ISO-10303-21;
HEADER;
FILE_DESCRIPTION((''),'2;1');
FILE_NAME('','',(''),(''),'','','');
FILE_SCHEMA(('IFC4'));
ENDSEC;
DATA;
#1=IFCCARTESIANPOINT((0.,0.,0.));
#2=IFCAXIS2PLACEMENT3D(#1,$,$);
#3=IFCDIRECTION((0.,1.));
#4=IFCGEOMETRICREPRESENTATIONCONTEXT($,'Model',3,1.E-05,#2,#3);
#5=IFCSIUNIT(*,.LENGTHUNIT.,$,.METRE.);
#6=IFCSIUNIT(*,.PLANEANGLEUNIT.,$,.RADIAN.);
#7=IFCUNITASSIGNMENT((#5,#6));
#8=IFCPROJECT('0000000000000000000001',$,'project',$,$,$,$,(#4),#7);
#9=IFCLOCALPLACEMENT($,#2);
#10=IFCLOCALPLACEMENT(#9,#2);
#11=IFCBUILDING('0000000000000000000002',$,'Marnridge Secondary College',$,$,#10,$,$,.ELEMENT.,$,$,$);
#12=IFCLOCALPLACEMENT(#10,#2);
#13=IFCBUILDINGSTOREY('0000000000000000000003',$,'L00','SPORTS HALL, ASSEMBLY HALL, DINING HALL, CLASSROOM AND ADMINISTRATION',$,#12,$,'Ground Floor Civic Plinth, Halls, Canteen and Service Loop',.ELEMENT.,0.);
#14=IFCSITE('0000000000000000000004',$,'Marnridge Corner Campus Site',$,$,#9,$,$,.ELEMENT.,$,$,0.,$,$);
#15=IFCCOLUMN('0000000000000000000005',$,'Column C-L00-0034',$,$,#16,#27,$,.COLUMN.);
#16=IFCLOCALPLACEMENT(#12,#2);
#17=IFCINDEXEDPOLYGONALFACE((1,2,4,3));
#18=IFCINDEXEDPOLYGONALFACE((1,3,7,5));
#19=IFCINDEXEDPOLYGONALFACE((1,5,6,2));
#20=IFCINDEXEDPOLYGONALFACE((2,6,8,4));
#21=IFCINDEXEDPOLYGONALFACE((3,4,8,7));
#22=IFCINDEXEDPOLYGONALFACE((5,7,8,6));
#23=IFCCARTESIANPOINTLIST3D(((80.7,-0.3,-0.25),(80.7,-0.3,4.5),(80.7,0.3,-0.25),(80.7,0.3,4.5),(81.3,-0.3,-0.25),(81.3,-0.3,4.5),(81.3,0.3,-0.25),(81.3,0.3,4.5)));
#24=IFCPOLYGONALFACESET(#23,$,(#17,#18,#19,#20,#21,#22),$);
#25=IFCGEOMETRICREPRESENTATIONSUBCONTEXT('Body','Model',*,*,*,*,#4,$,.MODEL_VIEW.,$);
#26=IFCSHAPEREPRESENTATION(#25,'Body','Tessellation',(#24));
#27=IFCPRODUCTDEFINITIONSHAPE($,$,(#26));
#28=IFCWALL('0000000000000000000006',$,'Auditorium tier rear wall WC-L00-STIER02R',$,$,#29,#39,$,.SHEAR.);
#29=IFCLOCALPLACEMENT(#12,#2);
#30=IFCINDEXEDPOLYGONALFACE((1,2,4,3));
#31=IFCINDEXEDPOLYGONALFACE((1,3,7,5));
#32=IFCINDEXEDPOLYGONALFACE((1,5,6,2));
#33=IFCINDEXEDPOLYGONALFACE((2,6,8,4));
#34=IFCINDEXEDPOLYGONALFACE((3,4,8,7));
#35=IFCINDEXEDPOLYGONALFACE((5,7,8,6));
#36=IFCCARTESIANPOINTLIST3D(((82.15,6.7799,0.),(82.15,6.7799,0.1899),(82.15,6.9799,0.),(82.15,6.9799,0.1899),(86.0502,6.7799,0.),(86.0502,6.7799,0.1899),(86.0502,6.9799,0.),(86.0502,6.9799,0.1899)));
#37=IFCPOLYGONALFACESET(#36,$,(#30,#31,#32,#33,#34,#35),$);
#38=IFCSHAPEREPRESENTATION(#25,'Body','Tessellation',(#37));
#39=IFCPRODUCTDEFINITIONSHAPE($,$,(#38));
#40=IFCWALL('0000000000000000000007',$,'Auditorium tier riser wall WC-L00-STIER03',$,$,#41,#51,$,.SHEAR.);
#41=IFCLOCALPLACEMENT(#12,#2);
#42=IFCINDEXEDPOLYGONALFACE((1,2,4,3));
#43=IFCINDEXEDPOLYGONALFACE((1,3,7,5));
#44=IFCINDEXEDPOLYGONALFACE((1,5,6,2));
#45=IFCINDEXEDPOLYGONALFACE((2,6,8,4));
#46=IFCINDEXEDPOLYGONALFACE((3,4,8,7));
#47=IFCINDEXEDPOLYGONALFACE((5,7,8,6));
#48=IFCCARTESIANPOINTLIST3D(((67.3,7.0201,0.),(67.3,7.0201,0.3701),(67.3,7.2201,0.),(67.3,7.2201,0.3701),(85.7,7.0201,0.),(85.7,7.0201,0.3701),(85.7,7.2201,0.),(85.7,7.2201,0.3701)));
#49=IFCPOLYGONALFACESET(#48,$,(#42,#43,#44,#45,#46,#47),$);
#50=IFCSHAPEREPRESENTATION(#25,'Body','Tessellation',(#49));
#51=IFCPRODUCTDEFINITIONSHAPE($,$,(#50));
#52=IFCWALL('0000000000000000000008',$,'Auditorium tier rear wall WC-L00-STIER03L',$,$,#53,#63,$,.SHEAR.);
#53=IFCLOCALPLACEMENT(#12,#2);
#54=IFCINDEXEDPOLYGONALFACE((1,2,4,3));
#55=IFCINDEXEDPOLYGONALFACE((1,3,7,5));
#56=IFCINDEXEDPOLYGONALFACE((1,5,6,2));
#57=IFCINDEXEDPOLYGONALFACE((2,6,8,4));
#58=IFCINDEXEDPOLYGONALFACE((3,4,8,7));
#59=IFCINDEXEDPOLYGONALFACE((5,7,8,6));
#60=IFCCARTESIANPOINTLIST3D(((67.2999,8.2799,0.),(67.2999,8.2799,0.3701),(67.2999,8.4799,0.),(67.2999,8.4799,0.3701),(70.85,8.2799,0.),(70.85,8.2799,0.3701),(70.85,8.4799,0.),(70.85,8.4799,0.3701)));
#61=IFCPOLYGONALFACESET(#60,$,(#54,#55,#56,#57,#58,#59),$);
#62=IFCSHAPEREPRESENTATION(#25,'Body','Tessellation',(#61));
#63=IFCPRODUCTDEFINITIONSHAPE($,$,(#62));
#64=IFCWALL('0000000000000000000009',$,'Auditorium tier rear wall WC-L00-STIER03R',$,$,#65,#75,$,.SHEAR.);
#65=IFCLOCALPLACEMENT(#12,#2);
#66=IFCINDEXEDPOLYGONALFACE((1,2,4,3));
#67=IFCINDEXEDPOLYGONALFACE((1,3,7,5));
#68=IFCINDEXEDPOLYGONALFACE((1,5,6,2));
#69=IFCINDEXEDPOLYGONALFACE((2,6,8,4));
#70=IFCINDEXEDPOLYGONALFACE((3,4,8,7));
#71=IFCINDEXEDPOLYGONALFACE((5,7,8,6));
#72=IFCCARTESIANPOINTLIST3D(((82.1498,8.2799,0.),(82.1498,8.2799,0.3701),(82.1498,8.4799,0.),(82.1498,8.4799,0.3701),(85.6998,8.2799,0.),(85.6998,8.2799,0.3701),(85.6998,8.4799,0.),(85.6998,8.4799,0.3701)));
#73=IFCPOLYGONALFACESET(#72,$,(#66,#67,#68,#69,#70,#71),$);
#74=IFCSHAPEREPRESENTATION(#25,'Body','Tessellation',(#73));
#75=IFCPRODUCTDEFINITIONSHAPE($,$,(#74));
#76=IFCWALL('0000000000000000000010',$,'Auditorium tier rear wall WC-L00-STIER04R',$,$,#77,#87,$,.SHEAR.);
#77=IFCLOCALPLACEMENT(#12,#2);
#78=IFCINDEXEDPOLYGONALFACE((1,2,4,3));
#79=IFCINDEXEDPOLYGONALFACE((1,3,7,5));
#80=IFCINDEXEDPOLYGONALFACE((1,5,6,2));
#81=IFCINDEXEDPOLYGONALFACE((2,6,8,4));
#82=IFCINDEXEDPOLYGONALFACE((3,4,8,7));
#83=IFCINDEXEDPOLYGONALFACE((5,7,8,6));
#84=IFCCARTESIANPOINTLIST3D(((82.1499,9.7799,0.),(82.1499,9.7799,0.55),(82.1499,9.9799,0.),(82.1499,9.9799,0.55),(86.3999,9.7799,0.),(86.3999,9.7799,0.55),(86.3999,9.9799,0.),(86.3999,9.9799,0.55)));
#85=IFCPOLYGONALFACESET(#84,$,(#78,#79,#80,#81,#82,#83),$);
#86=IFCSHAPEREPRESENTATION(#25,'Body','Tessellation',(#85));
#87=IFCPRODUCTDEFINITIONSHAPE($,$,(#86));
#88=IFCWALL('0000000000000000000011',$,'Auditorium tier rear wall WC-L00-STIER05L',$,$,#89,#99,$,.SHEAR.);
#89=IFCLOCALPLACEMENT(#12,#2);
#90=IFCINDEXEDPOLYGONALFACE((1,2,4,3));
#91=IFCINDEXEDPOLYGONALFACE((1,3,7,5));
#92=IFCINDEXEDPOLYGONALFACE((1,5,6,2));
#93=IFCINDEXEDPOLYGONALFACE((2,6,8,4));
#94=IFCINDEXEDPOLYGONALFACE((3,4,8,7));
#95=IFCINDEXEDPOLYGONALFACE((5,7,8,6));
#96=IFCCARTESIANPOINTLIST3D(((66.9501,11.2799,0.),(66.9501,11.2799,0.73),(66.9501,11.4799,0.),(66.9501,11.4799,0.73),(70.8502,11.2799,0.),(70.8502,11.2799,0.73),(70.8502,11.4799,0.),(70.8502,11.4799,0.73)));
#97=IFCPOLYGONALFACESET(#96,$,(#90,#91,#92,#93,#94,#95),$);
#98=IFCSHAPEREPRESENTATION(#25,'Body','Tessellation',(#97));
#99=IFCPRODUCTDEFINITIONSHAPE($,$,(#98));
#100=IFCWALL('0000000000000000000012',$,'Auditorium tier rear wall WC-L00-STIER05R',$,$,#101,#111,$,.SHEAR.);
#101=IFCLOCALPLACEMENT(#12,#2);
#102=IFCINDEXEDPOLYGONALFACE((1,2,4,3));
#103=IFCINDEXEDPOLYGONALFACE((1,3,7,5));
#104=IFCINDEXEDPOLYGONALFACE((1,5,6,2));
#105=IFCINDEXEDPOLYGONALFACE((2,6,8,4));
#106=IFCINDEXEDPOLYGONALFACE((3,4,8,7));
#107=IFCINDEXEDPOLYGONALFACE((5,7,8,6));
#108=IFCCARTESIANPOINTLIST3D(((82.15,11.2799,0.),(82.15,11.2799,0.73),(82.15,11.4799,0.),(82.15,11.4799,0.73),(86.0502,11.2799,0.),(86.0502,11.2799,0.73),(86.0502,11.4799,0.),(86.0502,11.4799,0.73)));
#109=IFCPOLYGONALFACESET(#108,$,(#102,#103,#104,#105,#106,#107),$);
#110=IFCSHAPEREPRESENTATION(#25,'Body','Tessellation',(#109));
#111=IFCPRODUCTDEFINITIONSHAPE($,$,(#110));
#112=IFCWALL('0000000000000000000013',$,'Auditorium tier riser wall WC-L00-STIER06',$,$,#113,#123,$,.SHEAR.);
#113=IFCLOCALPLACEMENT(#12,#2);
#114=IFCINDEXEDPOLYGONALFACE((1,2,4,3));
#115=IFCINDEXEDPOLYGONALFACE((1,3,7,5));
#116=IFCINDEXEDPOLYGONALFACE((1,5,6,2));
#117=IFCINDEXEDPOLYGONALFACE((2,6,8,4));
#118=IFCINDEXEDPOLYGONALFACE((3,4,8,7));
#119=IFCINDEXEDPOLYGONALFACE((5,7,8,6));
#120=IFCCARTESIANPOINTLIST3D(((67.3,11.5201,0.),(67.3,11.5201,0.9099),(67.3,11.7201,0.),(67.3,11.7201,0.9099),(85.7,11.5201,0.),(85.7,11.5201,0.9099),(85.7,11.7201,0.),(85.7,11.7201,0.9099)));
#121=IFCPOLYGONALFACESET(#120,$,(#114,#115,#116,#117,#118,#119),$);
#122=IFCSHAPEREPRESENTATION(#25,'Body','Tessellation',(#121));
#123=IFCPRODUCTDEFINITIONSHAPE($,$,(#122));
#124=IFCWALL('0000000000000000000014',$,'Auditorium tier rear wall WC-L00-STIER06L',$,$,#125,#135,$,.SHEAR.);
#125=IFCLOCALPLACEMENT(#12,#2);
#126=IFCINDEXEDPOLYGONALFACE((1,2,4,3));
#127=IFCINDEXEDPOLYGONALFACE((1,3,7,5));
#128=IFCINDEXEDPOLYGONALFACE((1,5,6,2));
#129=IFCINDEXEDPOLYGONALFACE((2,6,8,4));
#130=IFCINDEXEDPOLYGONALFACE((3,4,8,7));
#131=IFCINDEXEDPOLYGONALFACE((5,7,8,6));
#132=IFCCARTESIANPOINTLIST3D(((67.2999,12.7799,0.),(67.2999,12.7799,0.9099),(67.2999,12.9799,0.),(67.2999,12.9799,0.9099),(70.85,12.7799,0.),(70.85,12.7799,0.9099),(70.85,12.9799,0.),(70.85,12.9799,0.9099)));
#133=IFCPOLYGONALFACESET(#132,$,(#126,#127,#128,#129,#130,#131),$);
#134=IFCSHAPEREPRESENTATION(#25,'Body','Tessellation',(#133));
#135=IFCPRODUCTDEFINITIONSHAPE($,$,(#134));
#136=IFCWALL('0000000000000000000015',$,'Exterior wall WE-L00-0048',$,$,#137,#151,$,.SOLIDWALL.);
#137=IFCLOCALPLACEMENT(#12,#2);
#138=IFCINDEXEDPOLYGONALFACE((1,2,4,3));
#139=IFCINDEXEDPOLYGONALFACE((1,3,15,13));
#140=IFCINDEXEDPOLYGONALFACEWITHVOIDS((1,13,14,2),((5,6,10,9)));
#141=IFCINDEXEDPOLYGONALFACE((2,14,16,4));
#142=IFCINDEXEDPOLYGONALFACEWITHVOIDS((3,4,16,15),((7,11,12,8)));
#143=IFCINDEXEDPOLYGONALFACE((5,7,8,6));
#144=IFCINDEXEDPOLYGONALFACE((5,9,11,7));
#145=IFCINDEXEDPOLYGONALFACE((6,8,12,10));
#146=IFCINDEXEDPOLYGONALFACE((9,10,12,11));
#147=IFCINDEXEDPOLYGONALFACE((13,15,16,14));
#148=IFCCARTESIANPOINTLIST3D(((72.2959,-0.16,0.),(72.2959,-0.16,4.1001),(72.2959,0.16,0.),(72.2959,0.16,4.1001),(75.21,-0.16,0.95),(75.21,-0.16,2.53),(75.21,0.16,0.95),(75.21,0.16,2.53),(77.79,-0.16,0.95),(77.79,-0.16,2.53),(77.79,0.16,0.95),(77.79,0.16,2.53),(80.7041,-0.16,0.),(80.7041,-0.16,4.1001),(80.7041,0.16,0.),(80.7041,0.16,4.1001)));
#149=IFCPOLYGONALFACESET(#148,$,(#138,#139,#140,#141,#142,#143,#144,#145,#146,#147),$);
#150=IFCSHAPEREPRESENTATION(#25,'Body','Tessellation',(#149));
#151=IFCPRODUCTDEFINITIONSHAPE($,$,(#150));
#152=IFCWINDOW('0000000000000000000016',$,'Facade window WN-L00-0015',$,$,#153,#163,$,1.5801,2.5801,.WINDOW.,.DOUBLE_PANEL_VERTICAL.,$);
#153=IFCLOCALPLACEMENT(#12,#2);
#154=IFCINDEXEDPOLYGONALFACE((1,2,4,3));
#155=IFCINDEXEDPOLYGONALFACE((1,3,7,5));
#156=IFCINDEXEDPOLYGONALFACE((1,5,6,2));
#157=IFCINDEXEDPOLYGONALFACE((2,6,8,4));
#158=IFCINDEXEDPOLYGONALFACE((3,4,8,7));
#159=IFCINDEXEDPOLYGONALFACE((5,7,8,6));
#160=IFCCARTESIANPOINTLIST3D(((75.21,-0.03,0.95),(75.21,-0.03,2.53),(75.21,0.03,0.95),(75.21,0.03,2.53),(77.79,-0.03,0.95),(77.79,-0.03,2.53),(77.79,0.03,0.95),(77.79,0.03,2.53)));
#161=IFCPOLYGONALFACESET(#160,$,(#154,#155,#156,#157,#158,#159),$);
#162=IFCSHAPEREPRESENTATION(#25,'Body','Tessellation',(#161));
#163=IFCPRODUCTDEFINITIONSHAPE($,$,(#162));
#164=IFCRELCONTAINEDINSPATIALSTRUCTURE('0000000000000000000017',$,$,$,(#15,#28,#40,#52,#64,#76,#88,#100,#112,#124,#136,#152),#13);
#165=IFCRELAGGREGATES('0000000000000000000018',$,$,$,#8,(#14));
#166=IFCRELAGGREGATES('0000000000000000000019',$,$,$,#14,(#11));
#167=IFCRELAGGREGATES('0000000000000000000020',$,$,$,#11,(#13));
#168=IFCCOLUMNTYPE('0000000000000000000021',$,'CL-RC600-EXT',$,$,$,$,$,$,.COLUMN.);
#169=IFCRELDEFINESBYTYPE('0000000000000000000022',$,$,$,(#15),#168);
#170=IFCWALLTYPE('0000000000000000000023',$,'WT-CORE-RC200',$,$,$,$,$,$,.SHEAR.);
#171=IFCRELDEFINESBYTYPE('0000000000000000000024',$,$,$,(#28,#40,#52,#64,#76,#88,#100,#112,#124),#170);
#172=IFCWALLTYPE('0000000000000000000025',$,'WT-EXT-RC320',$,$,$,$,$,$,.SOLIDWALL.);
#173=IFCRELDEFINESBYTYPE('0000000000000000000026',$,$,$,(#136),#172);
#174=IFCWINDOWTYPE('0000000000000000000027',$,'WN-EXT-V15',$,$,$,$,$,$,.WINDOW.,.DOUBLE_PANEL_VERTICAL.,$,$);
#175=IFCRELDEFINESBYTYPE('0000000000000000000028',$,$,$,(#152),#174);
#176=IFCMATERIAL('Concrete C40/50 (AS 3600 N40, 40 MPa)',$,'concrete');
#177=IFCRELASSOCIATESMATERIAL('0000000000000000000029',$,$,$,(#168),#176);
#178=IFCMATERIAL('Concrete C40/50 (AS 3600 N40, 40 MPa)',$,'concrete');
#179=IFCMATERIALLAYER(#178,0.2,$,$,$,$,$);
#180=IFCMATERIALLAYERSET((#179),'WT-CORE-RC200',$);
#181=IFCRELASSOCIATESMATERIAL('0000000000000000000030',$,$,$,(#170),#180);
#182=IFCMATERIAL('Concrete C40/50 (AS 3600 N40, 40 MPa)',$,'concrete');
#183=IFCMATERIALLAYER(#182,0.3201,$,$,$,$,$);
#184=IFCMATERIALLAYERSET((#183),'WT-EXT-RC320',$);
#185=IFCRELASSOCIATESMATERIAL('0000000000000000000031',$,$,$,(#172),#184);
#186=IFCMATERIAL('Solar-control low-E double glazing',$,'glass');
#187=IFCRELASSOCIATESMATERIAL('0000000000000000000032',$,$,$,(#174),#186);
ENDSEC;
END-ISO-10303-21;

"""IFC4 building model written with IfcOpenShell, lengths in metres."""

from ifc_helpers import new_model, si_unit, direction, frame, frame_2d, origin, origin_2d, place, context, subcontext, project, spatial, rectangle, extrude, material, layer, layer_set, material_profile, profile_set, type_object, element, fill, save


model = new_model("IFC4")

# Units and contexts
model_context = context("Model", 3, precision=1e-05, world=origin(), true_north=direction((0.0, 1.0)))
body_context = subcontext(model_context, "Body", "Model", "MODEL_VIEW")
ifc_project = project(units=[si_unit("LENGTHUNIT", "METRE"), si_unit("PLANEANGLEUNIT", "RADIAN")], contexts=[model_context])

# Site, building, storey
site_placement = place(None, origin())
site = spatial("IfcSite", under=ifc_project, at=site_placement, Name="Marnridge Corner Campus Site", CompositionType="ELEMENT", RefElevation=0.0)
building_placement = place(site_placement, origin())
building = spatial("IfcBuilding", under=site, at=building_placement, Name="Marnridge Secondary College", CompositionType="ELEMENT")
storey_placement = place(building_placement, origin())
storey = spatial("IfcBuildingStorey", under=building, at=storey_placement, Name="L00", Description="SPORTS HALL, ASSEMBLY HALL, DINING HALL, CLASSROOM AND ADMINISTRATION", LongName="Ground Floor Civic Plinth, Halls, Canteen and Service Loop", CompositionType="ELEMENT", Elevation=0.0)

# Column
ifc_material_1 = material(Name="Concrete C40/50 (AS 3600 N40, 40 MPa)", Category="concrete")
ifc_material_profile_1 = material_profile(ifc_material_1, rectangle(XDim=0.6001, YDim=0.6001, at=origin_2d()), Name="RC 600x600")
ifc_profile_set_1 = profile_set([ifc_material_profile_1], Name="Concrete C40/50 (AS 3600 N40, 40 MPa)")
column_type = type_object("IfcColumnType", Name="CL-RC600-EXT", PredefinedType="COLUMN", material=ifc_profile_set_1)
for number, where, z_axis, x_axis, name in (
    (1, (81.0, 0.0, -0.25), (0.0, 0.0, 1.0), (1.0, 0.0, 0.0), "Column C-L00-0034"),
):
    element("IfcColumn", number, at=place(storey_placement, frame(where, z_axis=z_axis, x_axis=x_axis)), inside=storey, type_object=column_type, Name=name, PredefinedType="COLUMN", context=body_context, shape_type="SweptSolid", body=[
        extrude(rectangle(XDim=0.6001, YDim=0.6001, at=origin_2d()), origin(), (0.0, 0.0, 1.0), 4.75),
    ])

# Walls
ifc_material_2 = material(Name="Concrete C40/50 (AS 3600 N40, 40 MPa)", Category="concrete")
ifc_layer_1 = layer(ifc_material_2, 0.2)
ifc_layer_set_1 = layer_set([ifc_layer_1], Name="WT-CORE-RC200")
wall_type_1 = type_object("IfcWallType", Name="WT-CORE-RC200", PredefinedType="SHEAR", material=ifc_layer_set_1)
wall_1_placement = place(storey_placement, frame((82.1499, 6.8799, 0.0), z_axis=(0.0, 0.0, 1.0), x_axis=(1.0, 0.0, 0.0)))
element("IfcWall", 2, at=wall_1_placement, inside=storey, type_object=wall_type_1, Name="Auditorium tier rear wall WC-L00-STIER02R", PredefinedType="SHEAR", context=body_context, shape_type="SweptSolid", body=[
    extrude(rectangle(XDim=3.9001, YDim=0.2, at=frame_2d((1.9502, 0.0))), origin(), (0.0, 0.0, 1.0), 0.1899),
])
wall_2_placement = place(storey_placement, frame((67.3, 7.1201, 0.0), z_axis=(0.0, 0.0, 1.0), x_axis=(1.0, 0.0, 0.0)))
element("IfcWall", 3, at=wall_2_placement, inside=storey, type_object=wall_type_1, Name="Auditorium tier riser wall WC-L00-STIER03", PredefinedType="SHEAR", context=body_context, shape_type="SweptSolid", body=[
    extrude(rectangle(XDim=18.3999, YDim=0.2, at=frame_2d((9.2, 0.0))), origin(), (0.0, 0.0, 1.0), 0.3701),
])
for number, where, z_axis, x_axis, name in (
    (4, (67.3, 8.3799, 0.0), (0.0, 0.0, 1.0), (1.0, 0.0, 0.0), "Auditorium tier rear wall WC-L00-STIER03L"),
    (5, (82.1499, 8.3799, 0.0), (0.0, 0.0, 1.0), (1.0, 0.0, 0.0), "Auditorium tier rear wall WC-L00-STIER03R"),
):
    element("IfcWall", number, at=place(storey_placement, frame(where, z_axis=z_axis, x_axis=x_axis)), inside=storey, type_object=wall_type_1, Name=name, PredefinedType="SHEAR", context=body_context, shape_type="SweptSolid", body=[
        extrude(rectangle(XDim=3.55, YDim=0.2, at=frame_2d((1.7749, 0.0))), origin(), (0.0, 0.0, 1.0), 0.3701),
    ])
wall_3_placement = place(storey_placement, frame((82.1499, 9.8799, 0.0), z_axis=(0.0, 0.0, 1.0), x_axis=(1.0, 0.0, 0.0)))
element("IfcWall", 6, at=wall_3_placement, inside=storey, type_object=wall_type_1, Name="Auditorium tier rear wall WC-L00-STIER04R", PredefinedType="SHEAR", context=body_context, shape_type="SweptSolid", body=[
    extrude(rectangle(XDim=4.25, YDim=0.2, at=frame_2d((2.125, 0.0))), origin(), (0.0, 0.0, 1.0), 0.55),
])
for number, where, z_axis, x_axis, name in (
    (7, (66.95, 11.3799, 0.0), (0.0, 0.0, 1.0), (1.0, 0.0, 0.0), "Auditorium tier rear wall WC-L00-STIER05L"),
    (8, (82.1499, 11.3799, 0.0), (0.0, 0.0, 1.0), (1.0, 0.0, 0.0), "Auditorium tier rear wall WC-L00-STIER05R"),
):
    element("IfcWall", number, at=place(storey_placement, frame(where, z_axis=z_axis, x_axis=x_axis)), inside=storey, type_object=wall_type_1, Name=name, PredefinedType="SHEAR", context=body_context, shape_type="SweptSolid", body=[
        extrude(rectangle(XDim=3.9001, YDim=0.2, at=frame_2d((1.9502, 0.0))), origin(), (0.0, 0.0, 1.0), 0.73),
    ])
wall_4_placement = place(storey_placement, frame((67.3, 11.6201, 0.0), z_axis=(0.0, 0.0, 1.0), x_axis=(1.0, 0.0, 0.0)))
element("IfcWall", 9, at=wall_4_placement, inside=storey, type_object=wall_type_1, Name="Auditorium tier riser wall WC-L00-STIER06", PredefinedType="SHEAR", context=body_context, shape_type="SweptSolid", body=[
    extrude(rectangle(XDim=18.3999, YDim=0.2, at=frame_2d((9.2, 0.0))), origin(), (0.0, 0.0, 1.0), 0.9099),
])
wall_5_placement = place(storey_placement, frame((67.3, 12.8799, 0.0), z_axis=(0.0, 0.0, 1.0), x_axis=(1.0, 0.0, 0.0)))
element("IfcWall", 10, at=wall_5_placement, inside=storey, type_object=wall_type_1, Name="Auditorium tier rear wall WC-L00-STIER06L", PredefinedType="SHEAR", context=body_context, shape_type="SweptSolid", body=[
    extrude(rectangle(XDim=3.55, YDim=0.2, at=frame_2d((1.7749, 0.0))), origin(), (0.0, 0.0, 1.0), 0.9099),
])

# Wall, opening, window
ifc_material_3 = material(Name="Concrete C40/50 (AS 3600 N40, 40 MPa)", Category="concrete")
ifc_layer_2 = layer(ifc_material_3, 0.3201)
ifc_layer_set_2 = layer_set([ifc_layer_2], Name="WT-EXT-RC320")
wall_type_2 = type_object("IfcWallType", Name="WT-EXT-RC320", PredefinedType="SOLIDWALL", material=ifc_layer_set_2)
wall_6_placement = place(storey_placement, frame((80.7041, 0.0, 0.0), z_axis=(0.0, 0.0, 1.0), x_axis=(-1.0, 0.0, 0.0)))
wall_6 = element("IfcWall", 11, at=wall_6_placement, inside=storey, type_object=wall_type_2, Name="Exterior wall WE-L00-0048", PredefinedType="SOLIDWALL", context=body_context, shape_type="SweptSolid", body=[
    extrude(rectangle(XDim=8.4082, YDim=0.3201, at=frame_2d((4.2041, 0.0))), origin(), (0.0, 0.0, 1.0), 4.1001),
])
opening_1_placement = place(wall_6_placement, frame((2.9141, 0.0, 0.95)))
opening_1 = element("IfcOpeningElement", 12, at=opening_1_placement, cuts=wall_6, PredefinedType="OPENING", context=body_context, shape_type="SweptSolid", body=[
    extrude(rectangle(XDim=2.5801, YDim=1.5801, at=frame_2d((1.29, 0.79))), frame((0.0, 0.1699, 0.0), z_axis=(0.0, -1.0, 0.0), x_axis=(1.0, 0.0, 0.0)), (0.0, 0.0, 1.0), 0.3401),
])
ifc_material_4 = material(Name="Solar-control low-E double glazing", Category="glass")
window_type_1 = type_object("IfcWindowType", Name="WN-EXT-V15", PartitioningType="DOUBLE_PANEL_VERTICAL", PredefinedType="WINDOW", material=ifc_material_4)
window_1_placement = place(opening_1_placement, origin())
window_1 = element("IfcWindow", 13, at=window_1_placement, inside=storey, type_object=window_type_1, Name="Facade window WN-L00-0015", OverallHeight=1.5801, OverallWidth=2.5801, PartitioningType="DOUBLE_PANEL_VERTICAL", PredefinedType="WINDOW", context=body_context, shape_type="SweptSolid", body=[
    extrude(rectangle(XDim=2.5801, YDim=1.5801, at=frame_2d((1.29, 0.79))), frame((0.0, 0.03, 0.0), z_axis=(0.0, -1.0, 0.0), x_axis=(1.0, 0.0, 0.0)), (0.0, 0.0, 1.0), 0.0601),
])
fill(opening_1, window_1)

save(model, "model.ifc")
